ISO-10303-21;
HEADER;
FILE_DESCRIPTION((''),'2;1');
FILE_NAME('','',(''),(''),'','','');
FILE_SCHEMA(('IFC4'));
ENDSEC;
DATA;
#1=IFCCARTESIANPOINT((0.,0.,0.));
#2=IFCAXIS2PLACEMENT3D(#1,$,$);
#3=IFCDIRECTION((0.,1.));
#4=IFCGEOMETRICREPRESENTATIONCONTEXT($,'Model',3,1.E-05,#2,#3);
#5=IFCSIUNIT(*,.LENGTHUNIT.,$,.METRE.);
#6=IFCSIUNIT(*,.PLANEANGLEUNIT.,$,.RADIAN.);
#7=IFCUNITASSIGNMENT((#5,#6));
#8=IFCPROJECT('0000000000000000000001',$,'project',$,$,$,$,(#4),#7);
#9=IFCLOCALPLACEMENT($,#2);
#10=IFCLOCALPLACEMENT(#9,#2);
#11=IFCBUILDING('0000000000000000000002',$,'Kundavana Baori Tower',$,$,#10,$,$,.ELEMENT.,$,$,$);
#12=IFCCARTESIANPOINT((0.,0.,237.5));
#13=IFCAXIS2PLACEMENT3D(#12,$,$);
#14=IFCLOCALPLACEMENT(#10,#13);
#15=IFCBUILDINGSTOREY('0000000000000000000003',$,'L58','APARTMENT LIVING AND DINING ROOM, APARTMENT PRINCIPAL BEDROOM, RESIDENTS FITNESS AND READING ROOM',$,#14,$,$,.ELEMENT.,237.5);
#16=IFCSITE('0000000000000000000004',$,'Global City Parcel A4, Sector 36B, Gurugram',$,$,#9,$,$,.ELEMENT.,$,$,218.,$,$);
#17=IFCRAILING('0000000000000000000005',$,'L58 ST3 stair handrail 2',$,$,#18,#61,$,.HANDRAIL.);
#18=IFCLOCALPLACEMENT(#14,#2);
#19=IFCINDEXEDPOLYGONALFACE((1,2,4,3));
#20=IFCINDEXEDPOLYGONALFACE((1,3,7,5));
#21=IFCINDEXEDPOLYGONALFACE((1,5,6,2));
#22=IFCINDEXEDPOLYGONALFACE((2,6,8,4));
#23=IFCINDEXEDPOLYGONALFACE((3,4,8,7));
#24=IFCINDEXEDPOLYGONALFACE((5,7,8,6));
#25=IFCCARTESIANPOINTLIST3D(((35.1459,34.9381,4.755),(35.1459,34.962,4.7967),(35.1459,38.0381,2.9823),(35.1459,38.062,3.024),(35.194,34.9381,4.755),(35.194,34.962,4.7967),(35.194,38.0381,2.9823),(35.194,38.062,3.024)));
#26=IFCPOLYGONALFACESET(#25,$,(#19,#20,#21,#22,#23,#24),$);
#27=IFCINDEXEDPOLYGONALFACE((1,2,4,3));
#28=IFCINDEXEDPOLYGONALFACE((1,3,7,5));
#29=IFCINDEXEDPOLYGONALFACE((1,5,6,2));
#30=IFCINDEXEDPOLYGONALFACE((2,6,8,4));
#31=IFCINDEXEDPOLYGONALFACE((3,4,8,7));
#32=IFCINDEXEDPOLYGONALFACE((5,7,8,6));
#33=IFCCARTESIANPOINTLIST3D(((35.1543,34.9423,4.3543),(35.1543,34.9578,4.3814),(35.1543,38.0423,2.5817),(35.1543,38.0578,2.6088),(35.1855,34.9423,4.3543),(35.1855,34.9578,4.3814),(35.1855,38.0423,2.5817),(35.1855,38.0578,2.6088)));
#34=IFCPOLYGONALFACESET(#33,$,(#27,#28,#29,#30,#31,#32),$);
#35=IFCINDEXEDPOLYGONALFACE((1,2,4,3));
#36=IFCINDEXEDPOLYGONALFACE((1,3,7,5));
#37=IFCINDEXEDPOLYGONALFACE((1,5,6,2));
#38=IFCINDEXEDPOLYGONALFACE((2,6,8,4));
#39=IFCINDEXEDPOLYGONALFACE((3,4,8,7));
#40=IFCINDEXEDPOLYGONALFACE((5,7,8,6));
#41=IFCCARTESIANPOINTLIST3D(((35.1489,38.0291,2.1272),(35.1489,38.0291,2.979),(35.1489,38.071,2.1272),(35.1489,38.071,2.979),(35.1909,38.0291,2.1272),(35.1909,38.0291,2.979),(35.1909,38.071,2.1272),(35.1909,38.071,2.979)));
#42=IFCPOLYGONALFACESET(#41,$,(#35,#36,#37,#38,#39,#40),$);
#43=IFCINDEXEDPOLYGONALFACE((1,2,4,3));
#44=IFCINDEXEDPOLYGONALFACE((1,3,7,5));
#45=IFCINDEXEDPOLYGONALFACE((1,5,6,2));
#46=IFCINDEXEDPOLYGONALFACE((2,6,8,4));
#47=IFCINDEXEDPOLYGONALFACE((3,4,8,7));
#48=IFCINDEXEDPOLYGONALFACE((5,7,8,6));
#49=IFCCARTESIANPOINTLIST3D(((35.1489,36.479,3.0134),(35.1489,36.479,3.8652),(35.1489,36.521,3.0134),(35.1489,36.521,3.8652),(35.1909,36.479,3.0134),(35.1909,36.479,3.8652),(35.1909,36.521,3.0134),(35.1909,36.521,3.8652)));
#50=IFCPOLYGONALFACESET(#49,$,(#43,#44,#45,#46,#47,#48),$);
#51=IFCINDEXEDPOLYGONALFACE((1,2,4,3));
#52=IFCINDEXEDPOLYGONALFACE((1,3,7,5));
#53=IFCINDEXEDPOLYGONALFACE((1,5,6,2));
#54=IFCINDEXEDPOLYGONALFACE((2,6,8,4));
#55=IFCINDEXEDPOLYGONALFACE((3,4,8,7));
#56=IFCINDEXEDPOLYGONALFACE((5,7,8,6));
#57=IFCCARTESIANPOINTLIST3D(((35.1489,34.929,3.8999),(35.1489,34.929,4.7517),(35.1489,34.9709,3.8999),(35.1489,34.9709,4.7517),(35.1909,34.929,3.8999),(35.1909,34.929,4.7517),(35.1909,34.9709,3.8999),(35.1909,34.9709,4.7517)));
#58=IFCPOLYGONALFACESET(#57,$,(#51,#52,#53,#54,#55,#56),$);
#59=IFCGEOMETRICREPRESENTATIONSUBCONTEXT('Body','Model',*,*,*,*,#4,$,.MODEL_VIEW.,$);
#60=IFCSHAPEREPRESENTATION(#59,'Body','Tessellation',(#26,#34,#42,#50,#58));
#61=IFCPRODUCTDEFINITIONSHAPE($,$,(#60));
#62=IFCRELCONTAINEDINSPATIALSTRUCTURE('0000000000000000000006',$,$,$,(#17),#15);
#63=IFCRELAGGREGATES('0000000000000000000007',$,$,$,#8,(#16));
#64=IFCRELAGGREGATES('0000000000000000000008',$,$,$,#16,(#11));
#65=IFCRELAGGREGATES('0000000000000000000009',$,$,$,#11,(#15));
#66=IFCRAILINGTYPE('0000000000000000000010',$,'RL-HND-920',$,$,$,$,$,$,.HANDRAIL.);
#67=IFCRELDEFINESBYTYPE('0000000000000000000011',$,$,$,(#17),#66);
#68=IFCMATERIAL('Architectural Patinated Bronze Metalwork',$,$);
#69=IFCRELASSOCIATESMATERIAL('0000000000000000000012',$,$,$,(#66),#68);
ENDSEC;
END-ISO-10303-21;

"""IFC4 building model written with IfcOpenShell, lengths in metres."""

from ifc_helpers import new_model, si_unit, direction, frame, origin, origin_2d, place, context, subcontext, project, spatial, rectangle, extrude, material, type_object, element, save


model = new_model("IFC4")

# Units and contexts
model_context = context("Model", 3, precision=1e-05, world=origin(), true_north=direction((0.0, 1.0)))
body_context = subcontext(model_context, "Body", "Model", "MODEL_VIEW")
ifc_project = project(units=[si_unit("LENGTHUNIT", "METRE"), si_unit("PLANEANGLEUNIT", "RADIAN")], contexts=[model_context])

# Site, building, storey
site_placement = place(None, origin())
site = spatial("IfcSite", under=ifc_project, at=site_placement, Name="Global City Parcel A4, Sector 36B, Gurugram", CompositionType="ELEMENT", RefElevation=218.0)
building_placement = place(site_placement, origin())
building = spatial("IfcBuilding", under=site, at=building_placement, Name="Kundavana Baori Tower", CompositionType="ELEMENT")
storey_placement = place(building_placement, frame((0.0, 0.0, 237.5)))
storey = spatial("IfcBuildingStorey", under=building, at=storey_placement, Name="L58", Description="APARTMENT LIVING AND DINING ROOM, APARTMENT PRINCIPAL BEDROOM, RESIDENTS FITNESS AND READING ROOM", CompositionType="ELEMENT", Elevation=237.5)

# Railing
ifc_material_1 = material(Name="Architectural Patinated Bronze Metalwork")
railing_type_1 = type_object("IfcRailingType", Name="RL-HND-920", PredefinedType="HANDRAIL", material=ifc_material_1)
railing_1_placement = place(storey_placement, frame((35.1699, 38.05, 2.1272)))
element("IfcRailing", 1, at=railing_1_placement, inside=storey, type_object=railing_type_1, Name="L58 ST3 stair handrail 2", PredefinedType="HANDRAIL", context=body_context, shape_type="SweptSolid", body=[
    extrude(rectangle(XDim=0.0481, YDim=0.0481, at=origin_2d()), frame((0.0, 0.0, 0.876), z_axis=(0.0, -0.868096, 0.496397), x_axis=(1.0, 0.0, 0.0)), (0.0, 0.0, 1.0), 3.571),
    extrude(rectangle(XDim=0.0312, YDim=0.0312, at=origin_2d()), frame((0.0, 0.0, 0.468), z_axis=(0.0, -0.868096, 0.496397), x_axis=(1.0, 0.0, 0.0)), (0.0, 0.0, 1.0), 3.571),
    extrude(rectangle(XDim=0.042, YDim=0.042, at=origin_2d()), origin(), (0.0, 0.0, 1.0), 0.8518),
    extrude(rectangle(XDim=0.042, YDim=0.042, at=origin_2d()), frame((0.0, -1.55, 0.8862)), (0.0, 0.0, 1.0), 0.8518),
    extrude(rectangle(XDim=0.042, YDim=0.042, at=origin_2d()), frame((0.0, -3.1001, 1.7727)), (0.0, 0.0, 1.0), 0.8518),
])

save(model, "model.ifc")
